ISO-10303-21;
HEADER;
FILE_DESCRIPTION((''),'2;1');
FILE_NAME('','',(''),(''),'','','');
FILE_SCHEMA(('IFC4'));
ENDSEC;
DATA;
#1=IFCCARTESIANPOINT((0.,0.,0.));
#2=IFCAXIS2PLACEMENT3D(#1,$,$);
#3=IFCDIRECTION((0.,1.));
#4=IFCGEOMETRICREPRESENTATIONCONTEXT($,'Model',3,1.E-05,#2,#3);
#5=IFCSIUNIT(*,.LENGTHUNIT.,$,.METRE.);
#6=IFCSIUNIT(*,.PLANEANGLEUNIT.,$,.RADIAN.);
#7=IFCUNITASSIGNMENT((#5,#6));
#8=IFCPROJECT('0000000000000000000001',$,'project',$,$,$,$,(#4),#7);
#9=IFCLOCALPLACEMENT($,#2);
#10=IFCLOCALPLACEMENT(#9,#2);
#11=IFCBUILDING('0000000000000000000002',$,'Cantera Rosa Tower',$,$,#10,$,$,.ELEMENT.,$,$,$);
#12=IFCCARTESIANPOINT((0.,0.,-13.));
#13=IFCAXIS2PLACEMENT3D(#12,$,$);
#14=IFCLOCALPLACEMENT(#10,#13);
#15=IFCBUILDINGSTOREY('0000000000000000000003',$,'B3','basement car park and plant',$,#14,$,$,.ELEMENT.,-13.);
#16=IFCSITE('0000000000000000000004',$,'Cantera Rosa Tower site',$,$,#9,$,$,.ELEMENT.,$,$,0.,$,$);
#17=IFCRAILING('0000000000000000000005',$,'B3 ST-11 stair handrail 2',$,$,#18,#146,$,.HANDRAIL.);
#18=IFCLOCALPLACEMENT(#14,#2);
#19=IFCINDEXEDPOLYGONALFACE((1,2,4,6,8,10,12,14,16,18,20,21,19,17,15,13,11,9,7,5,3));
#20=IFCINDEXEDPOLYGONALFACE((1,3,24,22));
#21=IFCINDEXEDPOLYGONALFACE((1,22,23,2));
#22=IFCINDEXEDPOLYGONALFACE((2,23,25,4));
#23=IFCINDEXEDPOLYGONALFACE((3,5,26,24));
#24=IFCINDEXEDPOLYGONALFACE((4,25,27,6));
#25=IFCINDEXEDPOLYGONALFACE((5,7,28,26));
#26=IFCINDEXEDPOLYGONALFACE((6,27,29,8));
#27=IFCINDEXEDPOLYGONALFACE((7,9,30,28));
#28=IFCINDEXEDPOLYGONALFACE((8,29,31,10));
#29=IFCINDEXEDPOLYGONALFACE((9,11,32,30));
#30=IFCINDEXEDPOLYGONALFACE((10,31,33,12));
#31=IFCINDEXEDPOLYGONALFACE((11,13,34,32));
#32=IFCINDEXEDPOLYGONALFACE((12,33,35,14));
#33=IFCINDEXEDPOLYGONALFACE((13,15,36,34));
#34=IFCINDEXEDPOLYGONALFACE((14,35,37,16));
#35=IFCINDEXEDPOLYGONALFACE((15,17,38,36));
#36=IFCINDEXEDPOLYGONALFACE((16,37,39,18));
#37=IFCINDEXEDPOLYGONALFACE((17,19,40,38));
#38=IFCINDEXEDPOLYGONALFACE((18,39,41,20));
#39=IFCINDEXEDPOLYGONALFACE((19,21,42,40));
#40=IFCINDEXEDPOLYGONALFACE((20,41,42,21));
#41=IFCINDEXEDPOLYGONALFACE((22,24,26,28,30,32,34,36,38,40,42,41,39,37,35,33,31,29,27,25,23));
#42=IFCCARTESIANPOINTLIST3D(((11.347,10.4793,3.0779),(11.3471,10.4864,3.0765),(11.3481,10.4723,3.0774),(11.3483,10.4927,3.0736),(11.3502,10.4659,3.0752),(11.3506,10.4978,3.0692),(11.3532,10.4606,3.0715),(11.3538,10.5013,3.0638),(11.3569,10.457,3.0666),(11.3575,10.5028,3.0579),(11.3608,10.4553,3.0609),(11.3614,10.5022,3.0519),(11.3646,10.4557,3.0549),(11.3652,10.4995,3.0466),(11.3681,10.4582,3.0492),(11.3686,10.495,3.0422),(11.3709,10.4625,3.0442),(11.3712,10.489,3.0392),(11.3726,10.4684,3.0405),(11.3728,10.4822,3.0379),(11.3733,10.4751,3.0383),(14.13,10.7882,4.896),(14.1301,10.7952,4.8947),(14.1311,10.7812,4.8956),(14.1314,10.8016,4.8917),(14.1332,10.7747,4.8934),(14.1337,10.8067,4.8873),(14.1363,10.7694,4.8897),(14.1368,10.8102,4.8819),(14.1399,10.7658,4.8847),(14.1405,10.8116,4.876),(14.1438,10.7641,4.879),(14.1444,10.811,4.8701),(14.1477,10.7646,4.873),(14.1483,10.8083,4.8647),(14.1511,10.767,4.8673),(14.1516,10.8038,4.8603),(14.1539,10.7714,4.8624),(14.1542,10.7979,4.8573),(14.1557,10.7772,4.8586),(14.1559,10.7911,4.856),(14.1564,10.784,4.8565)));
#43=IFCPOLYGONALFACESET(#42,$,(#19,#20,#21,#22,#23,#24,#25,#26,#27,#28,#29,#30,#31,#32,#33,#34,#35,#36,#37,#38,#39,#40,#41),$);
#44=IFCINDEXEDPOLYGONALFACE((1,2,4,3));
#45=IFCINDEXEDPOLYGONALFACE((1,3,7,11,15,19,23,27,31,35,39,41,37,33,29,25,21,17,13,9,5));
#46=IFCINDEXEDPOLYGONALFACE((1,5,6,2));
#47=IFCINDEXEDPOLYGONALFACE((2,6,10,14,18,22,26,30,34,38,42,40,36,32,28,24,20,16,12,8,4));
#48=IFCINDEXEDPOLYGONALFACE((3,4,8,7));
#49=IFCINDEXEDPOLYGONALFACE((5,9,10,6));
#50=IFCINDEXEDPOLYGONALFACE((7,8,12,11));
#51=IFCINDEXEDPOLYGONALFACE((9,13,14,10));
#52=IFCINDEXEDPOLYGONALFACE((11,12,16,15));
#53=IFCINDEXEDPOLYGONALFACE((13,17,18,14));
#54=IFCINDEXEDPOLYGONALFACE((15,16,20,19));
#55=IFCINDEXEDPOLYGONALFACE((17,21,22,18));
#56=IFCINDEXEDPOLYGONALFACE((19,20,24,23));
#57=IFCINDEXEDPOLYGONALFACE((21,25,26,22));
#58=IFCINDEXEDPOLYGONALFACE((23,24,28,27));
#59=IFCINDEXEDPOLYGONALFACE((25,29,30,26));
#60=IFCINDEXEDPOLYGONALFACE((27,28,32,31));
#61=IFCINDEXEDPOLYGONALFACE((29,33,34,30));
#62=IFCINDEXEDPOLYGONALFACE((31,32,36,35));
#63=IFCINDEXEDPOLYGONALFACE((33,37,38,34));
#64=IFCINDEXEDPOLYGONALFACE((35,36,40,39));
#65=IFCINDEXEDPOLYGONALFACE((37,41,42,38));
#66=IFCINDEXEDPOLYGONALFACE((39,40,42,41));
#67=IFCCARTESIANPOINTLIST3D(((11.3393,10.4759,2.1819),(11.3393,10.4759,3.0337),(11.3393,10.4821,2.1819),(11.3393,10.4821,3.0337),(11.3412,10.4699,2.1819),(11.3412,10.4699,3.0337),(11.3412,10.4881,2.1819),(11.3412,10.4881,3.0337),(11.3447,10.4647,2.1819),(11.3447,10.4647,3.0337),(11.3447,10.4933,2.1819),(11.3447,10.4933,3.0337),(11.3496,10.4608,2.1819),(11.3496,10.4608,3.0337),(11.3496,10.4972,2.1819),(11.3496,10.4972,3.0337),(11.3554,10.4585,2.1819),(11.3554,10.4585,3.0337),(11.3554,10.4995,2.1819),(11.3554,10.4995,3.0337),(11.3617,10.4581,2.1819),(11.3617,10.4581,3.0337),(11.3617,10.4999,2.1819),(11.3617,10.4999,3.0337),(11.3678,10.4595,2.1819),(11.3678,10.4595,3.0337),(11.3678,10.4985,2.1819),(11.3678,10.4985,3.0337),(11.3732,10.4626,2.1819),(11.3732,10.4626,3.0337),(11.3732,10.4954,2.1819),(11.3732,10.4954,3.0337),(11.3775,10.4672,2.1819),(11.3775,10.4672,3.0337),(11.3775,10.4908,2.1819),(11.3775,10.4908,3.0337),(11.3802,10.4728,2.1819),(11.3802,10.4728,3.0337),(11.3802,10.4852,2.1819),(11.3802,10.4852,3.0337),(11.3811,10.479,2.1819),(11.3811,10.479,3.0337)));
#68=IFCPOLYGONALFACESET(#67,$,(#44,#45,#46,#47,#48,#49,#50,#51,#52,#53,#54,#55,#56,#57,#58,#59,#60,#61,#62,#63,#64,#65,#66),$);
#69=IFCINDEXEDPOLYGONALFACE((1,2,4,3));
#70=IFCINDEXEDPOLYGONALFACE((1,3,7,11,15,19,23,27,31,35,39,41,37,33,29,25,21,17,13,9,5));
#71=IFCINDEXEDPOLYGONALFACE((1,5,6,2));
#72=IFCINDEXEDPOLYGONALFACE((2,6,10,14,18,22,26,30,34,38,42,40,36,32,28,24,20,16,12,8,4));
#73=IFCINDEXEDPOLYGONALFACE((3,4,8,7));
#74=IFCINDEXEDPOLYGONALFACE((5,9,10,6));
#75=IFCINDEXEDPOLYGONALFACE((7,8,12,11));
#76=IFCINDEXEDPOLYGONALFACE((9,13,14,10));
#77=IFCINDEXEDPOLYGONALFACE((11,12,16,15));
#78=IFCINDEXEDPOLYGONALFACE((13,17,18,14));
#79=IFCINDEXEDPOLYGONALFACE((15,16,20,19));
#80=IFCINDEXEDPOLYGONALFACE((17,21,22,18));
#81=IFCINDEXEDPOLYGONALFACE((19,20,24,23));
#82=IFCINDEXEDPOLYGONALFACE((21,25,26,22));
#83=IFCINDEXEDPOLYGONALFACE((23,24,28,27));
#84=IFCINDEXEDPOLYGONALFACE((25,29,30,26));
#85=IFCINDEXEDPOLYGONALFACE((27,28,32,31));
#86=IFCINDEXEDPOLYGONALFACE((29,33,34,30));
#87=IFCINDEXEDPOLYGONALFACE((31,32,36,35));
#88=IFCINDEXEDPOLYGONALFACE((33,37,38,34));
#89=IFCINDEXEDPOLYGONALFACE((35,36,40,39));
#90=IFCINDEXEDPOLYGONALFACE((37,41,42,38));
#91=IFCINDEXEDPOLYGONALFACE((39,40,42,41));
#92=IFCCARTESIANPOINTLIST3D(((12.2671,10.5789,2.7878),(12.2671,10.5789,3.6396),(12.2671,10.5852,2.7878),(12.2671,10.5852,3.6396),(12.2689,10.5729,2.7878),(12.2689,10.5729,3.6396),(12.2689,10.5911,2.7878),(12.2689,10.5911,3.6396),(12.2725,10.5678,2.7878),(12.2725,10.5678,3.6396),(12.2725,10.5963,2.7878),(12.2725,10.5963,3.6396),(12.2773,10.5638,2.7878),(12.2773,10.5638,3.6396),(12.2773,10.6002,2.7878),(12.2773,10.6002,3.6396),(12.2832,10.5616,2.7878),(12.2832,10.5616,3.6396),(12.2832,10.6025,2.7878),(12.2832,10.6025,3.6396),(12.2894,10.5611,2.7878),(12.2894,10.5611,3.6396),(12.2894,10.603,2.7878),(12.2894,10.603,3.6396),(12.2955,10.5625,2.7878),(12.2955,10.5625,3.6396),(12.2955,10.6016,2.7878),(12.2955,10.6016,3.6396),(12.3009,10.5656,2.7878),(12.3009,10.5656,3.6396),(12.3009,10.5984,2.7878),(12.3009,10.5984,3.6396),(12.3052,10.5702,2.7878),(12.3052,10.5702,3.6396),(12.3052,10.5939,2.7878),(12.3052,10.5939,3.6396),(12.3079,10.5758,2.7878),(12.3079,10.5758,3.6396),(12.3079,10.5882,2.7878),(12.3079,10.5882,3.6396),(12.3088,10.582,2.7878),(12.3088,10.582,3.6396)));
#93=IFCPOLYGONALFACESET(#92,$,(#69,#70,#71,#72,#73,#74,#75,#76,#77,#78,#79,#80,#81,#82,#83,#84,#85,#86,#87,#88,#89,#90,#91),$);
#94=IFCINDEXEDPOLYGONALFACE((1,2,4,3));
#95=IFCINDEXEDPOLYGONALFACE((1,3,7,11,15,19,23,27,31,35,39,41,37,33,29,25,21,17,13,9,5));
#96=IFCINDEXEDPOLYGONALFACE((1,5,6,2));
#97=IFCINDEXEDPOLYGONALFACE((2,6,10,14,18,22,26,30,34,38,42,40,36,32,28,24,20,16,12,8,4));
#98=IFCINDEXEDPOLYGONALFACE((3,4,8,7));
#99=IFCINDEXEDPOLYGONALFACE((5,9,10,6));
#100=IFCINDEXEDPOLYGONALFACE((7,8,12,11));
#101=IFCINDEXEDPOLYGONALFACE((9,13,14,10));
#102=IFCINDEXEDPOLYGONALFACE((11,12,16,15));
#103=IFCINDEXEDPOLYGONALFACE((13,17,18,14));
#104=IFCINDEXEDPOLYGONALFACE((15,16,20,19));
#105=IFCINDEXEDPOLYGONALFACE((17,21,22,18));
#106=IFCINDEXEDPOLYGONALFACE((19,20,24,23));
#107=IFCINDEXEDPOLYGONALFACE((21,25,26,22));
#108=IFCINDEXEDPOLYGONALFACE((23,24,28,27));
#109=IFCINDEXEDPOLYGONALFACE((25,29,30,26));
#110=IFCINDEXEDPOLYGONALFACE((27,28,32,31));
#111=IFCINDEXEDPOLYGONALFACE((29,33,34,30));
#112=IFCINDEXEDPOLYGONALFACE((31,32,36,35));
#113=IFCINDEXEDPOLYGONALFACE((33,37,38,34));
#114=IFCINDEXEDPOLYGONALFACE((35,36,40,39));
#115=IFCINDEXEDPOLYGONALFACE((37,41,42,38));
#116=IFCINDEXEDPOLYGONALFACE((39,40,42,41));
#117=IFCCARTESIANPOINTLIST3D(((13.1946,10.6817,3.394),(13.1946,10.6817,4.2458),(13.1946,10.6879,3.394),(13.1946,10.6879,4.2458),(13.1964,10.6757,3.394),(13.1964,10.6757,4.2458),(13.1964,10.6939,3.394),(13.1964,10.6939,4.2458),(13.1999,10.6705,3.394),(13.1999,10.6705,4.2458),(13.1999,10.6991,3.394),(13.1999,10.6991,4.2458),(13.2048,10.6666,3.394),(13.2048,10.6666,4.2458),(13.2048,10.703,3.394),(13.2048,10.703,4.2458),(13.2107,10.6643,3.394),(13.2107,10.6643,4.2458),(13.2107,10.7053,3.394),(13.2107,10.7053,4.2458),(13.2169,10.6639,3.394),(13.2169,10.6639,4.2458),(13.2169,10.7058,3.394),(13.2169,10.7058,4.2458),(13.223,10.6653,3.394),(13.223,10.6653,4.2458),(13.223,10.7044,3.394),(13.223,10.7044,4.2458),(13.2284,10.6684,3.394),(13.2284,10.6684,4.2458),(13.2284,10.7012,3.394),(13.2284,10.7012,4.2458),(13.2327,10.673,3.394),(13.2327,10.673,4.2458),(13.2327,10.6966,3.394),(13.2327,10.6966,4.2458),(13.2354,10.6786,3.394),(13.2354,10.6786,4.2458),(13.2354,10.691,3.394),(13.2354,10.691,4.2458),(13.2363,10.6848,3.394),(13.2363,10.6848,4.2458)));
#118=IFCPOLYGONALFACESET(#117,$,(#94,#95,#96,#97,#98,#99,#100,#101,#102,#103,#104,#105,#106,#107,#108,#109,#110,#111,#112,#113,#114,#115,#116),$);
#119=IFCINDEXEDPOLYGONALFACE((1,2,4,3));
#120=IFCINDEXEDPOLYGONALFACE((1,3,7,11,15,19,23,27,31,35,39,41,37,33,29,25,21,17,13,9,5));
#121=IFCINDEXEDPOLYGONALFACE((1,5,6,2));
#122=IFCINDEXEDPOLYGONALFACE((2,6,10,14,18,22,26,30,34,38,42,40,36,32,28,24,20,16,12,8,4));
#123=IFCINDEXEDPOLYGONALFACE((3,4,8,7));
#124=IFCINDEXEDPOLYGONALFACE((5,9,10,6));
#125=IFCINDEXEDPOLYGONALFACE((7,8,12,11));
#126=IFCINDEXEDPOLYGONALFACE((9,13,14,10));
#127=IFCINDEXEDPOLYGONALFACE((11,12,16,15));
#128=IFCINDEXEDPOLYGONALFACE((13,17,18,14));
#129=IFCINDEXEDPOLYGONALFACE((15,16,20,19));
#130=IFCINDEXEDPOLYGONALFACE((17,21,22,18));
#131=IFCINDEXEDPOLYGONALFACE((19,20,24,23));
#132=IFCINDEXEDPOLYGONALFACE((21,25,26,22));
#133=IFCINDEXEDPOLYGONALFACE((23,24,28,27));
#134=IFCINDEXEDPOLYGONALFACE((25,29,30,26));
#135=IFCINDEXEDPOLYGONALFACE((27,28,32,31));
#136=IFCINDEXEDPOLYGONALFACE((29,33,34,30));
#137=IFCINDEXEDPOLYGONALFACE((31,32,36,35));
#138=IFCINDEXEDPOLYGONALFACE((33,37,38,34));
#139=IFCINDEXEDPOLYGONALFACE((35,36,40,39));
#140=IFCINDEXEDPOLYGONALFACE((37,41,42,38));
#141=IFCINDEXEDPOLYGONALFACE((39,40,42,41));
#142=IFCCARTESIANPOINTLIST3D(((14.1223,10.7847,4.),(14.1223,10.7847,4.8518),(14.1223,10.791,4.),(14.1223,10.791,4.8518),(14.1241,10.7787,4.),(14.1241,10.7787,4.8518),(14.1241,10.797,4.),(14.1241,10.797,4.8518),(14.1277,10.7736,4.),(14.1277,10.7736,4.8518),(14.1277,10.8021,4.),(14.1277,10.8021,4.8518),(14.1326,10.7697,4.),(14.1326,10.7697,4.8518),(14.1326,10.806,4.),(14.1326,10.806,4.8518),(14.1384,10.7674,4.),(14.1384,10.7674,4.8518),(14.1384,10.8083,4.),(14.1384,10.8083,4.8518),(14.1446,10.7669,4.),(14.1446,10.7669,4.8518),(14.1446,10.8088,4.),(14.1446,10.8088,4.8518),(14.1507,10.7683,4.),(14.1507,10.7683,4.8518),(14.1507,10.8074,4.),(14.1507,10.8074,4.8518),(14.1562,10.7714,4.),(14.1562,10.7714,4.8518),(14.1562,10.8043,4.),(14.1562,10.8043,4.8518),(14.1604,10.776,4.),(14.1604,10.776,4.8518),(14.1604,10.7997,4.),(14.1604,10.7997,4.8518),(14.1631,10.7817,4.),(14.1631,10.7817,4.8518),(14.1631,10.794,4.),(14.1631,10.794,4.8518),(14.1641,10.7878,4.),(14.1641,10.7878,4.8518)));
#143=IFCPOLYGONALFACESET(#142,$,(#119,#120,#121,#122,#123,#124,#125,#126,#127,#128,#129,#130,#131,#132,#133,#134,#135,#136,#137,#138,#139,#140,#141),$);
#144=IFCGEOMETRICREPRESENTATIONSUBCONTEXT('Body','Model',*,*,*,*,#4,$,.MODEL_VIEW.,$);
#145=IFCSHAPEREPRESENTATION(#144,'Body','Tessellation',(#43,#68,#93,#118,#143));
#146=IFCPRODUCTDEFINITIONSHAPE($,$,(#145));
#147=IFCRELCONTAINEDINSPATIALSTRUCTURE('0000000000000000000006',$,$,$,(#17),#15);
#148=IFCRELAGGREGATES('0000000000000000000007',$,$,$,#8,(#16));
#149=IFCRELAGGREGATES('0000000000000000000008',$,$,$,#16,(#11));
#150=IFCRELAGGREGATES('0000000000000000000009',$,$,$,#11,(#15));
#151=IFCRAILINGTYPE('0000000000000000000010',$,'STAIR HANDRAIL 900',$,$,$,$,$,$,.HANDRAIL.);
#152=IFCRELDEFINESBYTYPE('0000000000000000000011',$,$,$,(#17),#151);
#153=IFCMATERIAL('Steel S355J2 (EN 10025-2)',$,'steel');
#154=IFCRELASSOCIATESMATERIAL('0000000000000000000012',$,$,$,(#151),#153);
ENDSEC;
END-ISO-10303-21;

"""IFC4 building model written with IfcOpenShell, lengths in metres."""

from ifc_helpers import new_model, si_unit, direction, frame, origin, origin_2d, place, context, subcontext, project, spatial, circle, extrude, material, type_object, element, save


model = new_model("IFC4")

# Units and contexts
model_context = context("Model", 3, precision=1e-05, world=origin(), true_north=direction((0.0, 1.0)))
body_context = subcontext(model_context, "Body", "Model", "MODEL_VIEW")
ifc_project = project(units=[si_unit("LENGTHUNIT", "METRE"), si_unit("PLANEANGLEUNIT", "RADIAN")], contexts=[model_context])

# Site, building, storey
site_placement = place(None, origin())
site = spatial("IfcSite", under=ifc_project, at=site_placement, Name="Cantera Rosa Tower site", CompositionType="ELEMENT", RefElevation=0.0)
building_placement = place(site_placement, origin())
building = spatial("IfcBuilding", under=site, at=building_placement, Name="Cantera Rosa Tower", CompositionType="ELEMENT")
storey_placement = place(building_placement, frame((0.0, 0.0, -13.0)))
storey = spatial("IfcBuildingStorey", under=building, at=storey_placement, Name="B3", Description="basement car park and plant", CompositionType="ELEMENT", Elevation=-13.0)

# Railing
ifc_material_1 = material(Name="Steel S355J2 (EN 10025-2)", Category="steel")
railing_type_1 = type_object("IfcRailingType", Name="STAIR HANDRAIL 900", PredefinedType="HANDRAIL", material=ifc_material_1)
railing_1_placement = place(storey_placement, frame((11.3601, 10.479, 2.1819)))
element("IfcRailing", 1, at=railing_1_placement, inside=storey, type_object=railing_type_1, Name="B3 ST-11 stair handrail 2", PredefinedType="HANDRAIL", context=body_context, shape_type="SweptSolid", body=[
    extrude(circle(Radius=0.0239, at=origin_2d()), frame((0.0, 0.0, 0.876), z_axis=(0.833588, 0.092507, 0.544586), x_axis=(-0.110298, 0.993899, 0.0)), (0.0, 0.0, 1.0), 3.3386),
    extrude(circle(Radius=0.021, at=origin_2d()), origin(), (0.0, 0.0, 1.0), 0.8518),
    extrude(circle(Radius=0.021, at=origin_2d()), frame((0.9277, 0.103, 0.606)), (0.0, 0.0, 1.0), 0.8518),
    extrude(circle(Radius=0.021, at=origin_2d()), frame((1.8552, 0.2058, 1.2122)), (0.0, 0.0, 1.0), 0.8518),
    extrude(circle(Radius=0.021, at=origin_2d()), frame((2.783, 0.3088, 1.8181)), (0.0, 0.0, 1.0), 0.8518),
])

save(model, "model.ifc")
